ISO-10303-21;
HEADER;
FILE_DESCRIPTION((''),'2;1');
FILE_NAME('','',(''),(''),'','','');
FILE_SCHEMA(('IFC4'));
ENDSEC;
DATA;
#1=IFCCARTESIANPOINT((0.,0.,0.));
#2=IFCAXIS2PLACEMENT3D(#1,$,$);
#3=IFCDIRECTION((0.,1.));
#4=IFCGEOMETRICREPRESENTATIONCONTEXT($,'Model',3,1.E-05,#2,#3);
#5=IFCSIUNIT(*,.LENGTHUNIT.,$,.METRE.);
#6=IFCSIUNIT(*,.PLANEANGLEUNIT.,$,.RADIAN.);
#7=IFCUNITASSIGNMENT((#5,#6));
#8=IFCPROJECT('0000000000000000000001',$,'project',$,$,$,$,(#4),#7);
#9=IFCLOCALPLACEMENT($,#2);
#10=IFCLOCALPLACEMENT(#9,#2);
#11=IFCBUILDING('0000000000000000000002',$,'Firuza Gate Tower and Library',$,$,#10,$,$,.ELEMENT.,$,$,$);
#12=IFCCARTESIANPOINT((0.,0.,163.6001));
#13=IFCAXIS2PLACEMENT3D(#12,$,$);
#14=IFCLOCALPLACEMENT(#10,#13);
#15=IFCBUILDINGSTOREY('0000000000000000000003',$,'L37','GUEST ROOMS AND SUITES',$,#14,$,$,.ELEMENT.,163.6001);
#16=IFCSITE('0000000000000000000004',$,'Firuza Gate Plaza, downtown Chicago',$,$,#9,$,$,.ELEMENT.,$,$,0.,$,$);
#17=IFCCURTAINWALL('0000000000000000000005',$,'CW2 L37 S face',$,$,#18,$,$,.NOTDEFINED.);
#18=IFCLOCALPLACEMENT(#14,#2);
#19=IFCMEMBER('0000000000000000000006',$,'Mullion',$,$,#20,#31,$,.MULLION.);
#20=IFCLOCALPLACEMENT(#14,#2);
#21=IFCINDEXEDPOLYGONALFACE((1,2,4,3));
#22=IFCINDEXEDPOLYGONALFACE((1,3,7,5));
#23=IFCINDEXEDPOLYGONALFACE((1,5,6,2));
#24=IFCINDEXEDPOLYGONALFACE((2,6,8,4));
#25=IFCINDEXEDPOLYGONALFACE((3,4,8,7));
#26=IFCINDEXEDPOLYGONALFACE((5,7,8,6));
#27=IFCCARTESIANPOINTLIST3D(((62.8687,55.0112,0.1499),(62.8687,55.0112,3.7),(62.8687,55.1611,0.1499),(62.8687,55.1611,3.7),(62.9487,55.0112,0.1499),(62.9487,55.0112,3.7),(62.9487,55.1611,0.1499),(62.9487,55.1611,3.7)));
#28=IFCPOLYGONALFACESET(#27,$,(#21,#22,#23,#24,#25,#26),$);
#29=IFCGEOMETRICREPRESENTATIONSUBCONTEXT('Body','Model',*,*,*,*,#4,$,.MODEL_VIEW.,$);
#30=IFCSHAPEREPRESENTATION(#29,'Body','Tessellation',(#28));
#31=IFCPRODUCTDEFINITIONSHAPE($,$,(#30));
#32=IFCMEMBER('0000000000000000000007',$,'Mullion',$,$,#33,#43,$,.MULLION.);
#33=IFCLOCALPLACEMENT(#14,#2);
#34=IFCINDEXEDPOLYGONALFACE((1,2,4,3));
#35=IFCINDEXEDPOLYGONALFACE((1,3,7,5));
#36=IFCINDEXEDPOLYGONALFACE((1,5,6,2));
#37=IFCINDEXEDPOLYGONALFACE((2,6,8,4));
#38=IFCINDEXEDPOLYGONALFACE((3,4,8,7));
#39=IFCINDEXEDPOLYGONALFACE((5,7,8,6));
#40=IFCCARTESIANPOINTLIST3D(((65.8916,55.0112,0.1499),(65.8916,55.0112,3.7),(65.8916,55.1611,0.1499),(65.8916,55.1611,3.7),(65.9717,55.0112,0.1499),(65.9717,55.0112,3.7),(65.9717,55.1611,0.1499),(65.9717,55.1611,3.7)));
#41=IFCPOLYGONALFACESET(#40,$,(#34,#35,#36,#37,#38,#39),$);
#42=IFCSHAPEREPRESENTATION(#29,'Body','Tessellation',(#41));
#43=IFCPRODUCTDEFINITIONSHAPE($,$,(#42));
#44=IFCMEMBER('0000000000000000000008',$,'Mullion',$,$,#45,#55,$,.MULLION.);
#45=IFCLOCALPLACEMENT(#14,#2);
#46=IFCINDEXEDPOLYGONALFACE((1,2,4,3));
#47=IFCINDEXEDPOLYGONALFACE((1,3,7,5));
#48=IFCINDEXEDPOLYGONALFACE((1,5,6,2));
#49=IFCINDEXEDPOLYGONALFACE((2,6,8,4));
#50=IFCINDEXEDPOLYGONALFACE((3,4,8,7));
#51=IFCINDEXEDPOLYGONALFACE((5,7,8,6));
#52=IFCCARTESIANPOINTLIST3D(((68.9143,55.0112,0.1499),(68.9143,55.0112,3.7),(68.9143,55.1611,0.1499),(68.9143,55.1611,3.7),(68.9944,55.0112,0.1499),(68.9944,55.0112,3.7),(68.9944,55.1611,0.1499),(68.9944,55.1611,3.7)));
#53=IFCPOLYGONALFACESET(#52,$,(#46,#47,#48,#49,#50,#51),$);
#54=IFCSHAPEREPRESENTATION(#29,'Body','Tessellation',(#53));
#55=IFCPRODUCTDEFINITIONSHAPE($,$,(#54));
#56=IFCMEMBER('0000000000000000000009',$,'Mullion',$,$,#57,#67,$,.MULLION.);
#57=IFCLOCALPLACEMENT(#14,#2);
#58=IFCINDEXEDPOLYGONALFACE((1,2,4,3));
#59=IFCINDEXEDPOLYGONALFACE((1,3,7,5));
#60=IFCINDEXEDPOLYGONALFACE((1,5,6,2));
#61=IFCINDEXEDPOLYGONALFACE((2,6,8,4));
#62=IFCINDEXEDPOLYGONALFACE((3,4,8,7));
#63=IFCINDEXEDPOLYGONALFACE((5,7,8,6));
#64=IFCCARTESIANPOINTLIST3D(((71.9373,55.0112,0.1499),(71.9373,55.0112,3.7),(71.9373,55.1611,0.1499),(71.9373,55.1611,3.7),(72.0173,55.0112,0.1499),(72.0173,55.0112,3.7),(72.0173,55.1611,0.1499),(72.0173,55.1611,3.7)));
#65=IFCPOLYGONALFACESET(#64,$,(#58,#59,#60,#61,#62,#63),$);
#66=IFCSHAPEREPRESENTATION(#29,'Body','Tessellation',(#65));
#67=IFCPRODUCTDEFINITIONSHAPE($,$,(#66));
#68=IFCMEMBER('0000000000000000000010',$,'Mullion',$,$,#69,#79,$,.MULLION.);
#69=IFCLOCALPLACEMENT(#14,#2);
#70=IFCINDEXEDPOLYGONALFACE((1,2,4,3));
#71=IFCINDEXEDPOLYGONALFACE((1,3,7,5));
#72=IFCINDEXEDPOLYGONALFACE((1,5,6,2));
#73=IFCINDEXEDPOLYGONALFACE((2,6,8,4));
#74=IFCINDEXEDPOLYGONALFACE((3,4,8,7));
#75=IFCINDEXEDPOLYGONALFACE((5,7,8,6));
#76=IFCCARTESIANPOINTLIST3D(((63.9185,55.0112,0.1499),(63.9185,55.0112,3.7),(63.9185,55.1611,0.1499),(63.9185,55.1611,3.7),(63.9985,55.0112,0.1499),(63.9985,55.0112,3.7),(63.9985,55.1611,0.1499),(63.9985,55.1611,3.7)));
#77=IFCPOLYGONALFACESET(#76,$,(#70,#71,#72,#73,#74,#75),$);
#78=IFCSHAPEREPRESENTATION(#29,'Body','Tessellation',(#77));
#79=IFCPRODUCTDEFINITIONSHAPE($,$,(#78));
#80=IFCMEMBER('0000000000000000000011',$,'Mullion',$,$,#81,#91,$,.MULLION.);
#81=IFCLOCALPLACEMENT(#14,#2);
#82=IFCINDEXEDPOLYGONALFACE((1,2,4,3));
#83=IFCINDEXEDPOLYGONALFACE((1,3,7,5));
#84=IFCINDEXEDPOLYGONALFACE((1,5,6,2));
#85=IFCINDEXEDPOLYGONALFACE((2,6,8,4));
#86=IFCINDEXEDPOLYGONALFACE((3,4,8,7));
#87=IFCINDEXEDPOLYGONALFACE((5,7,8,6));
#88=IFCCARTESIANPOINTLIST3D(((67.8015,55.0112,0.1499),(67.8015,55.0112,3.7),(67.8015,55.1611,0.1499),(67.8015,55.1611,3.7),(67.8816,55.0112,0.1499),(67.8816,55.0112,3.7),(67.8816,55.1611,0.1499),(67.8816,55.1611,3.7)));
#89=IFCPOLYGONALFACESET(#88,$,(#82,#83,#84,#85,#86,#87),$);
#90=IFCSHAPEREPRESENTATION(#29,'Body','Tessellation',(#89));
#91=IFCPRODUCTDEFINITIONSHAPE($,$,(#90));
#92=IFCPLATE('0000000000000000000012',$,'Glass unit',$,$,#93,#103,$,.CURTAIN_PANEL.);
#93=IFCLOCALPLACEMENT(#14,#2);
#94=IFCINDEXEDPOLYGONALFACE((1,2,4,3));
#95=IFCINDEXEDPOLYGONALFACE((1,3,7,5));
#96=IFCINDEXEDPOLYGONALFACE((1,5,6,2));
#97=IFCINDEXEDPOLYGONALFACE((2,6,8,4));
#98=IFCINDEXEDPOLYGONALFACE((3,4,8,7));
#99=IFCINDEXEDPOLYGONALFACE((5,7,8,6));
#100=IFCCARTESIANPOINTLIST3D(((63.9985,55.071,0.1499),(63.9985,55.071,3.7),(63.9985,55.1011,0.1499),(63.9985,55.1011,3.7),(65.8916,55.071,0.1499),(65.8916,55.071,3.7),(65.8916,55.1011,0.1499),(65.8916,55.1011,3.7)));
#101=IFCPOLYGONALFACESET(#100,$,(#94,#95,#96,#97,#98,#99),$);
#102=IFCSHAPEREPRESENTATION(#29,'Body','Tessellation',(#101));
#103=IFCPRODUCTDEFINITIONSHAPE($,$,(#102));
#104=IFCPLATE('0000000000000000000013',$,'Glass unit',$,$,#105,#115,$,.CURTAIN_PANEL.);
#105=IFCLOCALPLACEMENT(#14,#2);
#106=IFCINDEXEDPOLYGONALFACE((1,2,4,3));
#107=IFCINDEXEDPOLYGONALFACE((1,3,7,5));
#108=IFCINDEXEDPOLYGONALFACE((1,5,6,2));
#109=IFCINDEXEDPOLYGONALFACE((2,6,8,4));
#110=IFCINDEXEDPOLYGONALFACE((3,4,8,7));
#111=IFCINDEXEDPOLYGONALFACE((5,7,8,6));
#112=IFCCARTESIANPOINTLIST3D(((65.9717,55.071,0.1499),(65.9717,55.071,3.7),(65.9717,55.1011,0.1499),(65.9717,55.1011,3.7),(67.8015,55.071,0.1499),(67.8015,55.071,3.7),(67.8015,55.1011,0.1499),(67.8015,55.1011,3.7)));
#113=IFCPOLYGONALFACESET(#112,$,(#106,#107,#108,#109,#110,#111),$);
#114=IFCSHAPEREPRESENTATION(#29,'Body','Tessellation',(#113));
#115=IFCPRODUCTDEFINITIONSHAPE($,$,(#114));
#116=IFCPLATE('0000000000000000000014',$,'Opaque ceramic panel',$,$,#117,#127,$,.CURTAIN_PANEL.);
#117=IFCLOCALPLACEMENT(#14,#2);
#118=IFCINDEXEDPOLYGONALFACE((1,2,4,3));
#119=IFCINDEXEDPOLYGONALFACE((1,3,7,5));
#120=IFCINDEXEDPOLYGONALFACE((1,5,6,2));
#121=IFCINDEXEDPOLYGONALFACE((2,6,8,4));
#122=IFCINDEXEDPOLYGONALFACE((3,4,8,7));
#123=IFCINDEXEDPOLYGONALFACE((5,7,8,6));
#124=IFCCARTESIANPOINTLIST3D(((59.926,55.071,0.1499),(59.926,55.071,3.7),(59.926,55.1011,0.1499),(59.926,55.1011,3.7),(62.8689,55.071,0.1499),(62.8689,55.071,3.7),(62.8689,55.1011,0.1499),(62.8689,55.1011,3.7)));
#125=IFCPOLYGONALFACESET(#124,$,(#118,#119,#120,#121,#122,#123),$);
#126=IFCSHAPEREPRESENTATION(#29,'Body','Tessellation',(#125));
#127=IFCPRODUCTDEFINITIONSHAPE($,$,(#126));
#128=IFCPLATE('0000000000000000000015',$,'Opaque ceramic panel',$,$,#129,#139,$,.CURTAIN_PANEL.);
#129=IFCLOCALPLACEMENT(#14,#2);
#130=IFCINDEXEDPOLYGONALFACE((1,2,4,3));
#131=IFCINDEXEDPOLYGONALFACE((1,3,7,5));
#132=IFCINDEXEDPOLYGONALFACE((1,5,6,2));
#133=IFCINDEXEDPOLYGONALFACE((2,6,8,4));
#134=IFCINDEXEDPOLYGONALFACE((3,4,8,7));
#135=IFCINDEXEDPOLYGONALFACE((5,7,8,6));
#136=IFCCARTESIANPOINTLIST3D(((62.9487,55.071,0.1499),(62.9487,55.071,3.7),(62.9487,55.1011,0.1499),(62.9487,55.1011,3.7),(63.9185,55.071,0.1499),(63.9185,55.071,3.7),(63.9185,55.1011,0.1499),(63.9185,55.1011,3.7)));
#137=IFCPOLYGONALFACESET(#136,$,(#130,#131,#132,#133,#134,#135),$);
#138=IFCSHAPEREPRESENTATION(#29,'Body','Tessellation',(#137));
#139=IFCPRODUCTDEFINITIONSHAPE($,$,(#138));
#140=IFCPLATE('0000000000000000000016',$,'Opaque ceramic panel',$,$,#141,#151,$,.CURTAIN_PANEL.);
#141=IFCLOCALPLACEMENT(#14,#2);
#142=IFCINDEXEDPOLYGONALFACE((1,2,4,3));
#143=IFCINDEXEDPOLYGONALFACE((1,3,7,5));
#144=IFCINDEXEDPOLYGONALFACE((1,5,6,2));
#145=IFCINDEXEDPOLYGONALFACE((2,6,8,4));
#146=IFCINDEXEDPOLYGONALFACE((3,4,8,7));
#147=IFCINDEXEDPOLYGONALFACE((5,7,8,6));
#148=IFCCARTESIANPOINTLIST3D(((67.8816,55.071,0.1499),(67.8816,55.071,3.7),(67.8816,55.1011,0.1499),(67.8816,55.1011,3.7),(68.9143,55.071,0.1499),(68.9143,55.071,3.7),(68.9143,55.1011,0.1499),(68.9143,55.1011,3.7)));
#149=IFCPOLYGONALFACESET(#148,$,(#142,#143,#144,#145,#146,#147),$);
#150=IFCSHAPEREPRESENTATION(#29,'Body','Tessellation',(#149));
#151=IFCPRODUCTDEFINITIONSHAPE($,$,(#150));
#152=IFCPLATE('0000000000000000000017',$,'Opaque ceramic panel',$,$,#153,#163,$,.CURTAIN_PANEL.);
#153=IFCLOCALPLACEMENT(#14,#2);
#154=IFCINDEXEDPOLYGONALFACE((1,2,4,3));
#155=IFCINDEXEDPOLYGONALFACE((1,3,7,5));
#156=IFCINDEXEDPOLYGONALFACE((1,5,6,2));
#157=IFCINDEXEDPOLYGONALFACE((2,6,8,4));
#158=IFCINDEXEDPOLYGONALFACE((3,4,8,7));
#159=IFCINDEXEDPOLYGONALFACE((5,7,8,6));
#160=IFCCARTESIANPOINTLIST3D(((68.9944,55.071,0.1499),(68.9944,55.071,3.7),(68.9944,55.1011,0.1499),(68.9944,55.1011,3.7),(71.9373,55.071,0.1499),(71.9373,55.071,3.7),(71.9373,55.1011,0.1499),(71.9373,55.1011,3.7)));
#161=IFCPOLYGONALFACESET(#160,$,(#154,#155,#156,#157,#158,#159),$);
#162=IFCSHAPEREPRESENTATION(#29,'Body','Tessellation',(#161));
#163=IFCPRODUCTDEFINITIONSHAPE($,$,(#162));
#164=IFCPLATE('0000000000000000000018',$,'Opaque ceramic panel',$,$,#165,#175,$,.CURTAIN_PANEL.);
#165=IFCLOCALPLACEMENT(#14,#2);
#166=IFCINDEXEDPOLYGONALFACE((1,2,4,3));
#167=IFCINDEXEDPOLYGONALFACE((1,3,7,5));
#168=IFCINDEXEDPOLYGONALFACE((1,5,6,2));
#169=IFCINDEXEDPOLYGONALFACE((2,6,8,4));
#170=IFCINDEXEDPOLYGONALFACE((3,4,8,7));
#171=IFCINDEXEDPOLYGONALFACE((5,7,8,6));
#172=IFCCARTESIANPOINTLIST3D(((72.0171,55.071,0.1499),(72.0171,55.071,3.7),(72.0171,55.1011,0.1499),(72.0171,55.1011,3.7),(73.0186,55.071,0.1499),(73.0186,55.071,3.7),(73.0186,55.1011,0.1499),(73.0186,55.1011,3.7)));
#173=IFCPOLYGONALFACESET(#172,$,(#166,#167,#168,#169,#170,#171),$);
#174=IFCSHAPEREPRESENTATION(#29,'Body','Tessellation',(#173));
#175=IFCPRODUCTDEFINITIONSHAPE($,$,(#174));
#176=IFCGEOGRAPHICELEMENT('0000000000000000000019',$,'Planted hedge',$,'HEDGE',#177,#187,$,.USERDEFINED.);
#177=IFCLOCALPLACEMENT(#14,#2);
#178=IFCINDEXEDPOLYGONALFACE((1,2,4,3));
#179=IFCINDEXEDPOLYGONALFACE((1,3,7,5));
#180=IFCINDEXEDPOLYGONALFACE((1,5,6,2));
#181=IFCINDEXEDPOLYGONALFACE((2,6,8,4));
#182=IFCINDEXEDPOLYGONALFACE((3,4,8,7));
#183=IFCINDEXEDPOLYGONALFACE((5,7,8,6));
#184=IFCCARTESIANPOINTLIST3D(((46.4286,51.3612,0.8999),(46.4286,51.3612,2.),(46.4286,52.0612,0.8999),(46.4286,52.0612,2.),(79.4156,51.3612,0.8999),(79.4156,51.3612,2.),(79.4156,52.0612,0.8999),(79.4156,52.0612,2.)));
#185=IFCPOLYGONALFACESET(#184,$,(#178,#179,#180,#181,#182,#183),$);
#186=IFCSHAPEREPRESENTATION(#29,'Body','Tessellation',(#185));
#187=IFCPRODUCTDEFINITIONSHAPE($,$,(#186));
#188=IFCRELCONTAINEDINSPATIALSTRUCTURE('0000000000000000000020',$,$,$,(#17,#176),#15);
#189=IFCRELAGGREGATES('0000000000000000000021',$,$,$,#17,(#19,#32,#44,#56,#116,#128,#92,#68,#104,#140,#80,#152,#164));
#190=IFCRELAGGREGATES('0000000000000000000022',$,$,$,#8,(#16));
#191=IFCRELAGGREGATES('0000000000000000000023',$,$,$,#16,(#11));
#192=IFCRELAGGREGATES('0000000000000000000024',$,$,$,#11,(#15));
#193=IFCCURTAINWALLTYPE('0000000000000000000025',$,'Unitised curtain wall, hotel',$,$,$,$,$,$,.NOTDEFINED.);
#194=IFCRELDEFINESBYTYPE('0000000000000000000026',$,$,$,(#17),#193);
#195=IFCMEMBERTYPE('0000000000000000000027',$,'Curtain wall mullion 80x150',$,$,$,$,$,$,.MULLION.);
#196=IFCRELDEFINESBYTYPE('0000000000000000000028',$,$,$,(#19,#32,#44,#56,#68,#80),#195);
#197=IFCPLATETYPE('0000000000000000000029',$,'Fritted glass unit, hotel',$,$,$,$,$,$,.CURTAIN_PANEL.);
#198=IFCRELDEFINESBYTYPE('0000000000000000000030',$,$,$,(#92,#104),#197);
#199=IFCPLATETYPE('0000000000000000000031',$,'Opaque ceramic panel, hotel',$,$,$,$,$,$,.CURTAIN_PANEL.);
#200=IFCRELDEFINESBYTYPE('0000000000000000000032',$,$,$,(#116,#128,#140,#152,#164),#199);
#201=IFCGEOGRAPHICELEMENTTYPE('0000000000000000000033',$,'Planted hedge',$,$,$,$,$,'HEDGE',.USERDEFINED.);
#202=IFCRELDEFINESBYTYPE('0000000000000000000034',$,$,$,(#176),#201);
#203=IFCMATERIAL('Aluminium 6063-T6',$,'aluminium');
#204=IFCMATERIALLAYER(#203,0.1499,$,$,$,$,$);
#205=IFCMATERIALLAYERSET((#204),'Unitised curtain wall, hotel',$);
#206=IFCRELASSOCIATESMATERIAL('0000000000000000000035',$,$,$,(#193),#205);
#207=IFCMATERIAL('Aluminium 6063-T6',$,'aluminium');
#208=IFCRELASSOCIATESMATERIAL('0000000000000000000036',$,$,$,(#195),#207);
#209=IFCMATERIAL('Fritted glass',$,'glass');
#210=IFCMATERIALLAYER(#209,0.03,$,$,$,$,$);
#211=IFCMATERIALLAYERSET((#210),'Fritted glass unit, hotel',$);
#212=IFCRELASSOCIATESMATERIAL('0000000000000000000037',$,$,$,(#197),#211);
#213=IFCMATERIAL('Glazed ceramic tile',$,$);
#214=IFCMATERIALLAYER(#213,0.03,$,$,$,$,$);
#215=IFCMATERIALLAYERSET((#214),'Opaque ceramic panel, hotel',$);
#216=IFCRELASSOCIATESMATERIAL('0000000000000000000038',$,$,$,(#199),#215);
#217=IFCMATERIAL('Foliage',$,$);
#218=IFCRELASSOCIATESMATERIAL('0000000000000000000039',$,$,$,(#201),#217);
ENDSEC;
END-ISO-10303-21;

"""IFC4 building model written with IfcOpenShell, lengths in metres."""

from ifc_helpers import new_model, si_unit, direction, frame, origin, origin_2d, place, context, subcontext, project, spatial, polyline, rectangle, outline, extrude, material, layer, layer_set, material_profile, profile_set, type_object, element, aggregate, save


model = new_model("IFC4")

# Units and contexts
model_context = context("Model", 3, precision=1e-05, world=origin(), true_north=direction((0.0, 1.0)))
body_context = subcontext(model_context, "Body", "Model", "MODEL_VIEW")
ifc_project = project(units=[si_unit("LENGTHUNIT", "METRE"), si_unit("PLANEANGLEUNIT", "RADIAN")], contexts=[model_context])

# Site, building, storey
site_placement = place(None, origin())
site = spatial("IfcSite", under=ifc_project, at=site_placement, Name="Firuza Gate Plaza, downtown Chicago", CompositionType="ELEMENT", RefElevation=0.0)
building_placement = place(site_placement, origin())
building = spatial("IfcBuilding", under=site, at=building_placement, Name="Firuza Gate Tower and Library", CompositionType="ELEMENT")
storey_placement = place(building_placement, frame((0.0, 0.0, 163.6001)))
storey = spatial("IfcBuildingStorey", under=building, at=storey_placement, Name="L37", Description="GUEST ROOMS AND SUITES", CompositionType="ELEMENT", Elevation=163.6001)

# Curtain wall, members, plates
ifc_material_1 = material(Name="Aluminium 6063-T6", Category="aluminium")
ifc_layer_1 = layer(ifc_material_1, 0.1499)
ifc_layer_set_1 = layer_set([ifc_layer_1], Name="Unitised curtain wall, hotel")
curtain_wall_type = type_object("IfcCurtainWallType", Name="Unitised curtain wall, hotel", PredefinedType="NOTDEFINED", material=ifc_layer_set_1)
curtain_wall_placement = place(storey_placement, origin())
curtain_wall = element("IfcCurtainWall", 1, at=curtain_wall_placement, inside=storey, type_object=curtain_wall_type, Name="CW2 L37 S face", PredefinedType="NOTDEFINED")
ifc_material_2 = material(Name="Aluminium 6063-T6", Category="aluminium")
ifc_material_profile = material_profile(ifc_material_2, rectangle(XDim=0.1499, YDim=0.0801, at=origin_2d()))
ifc_profile_set = profile_set([ifc_material_profile], Name="Aluminium 6063-T6")
member_type = type_object("IfcMemberType", Name="Curtain wall mullion 80x150", PredefinedType="MULLION", material=ifc_profile_set)
member_1_placement = place(storey_placement, frame((62.9087, 55.0862, 0.1499), z_axis=(0.0, 0.0, 1.0), x_axis=(0.0, 1.0, 0.0)))
member_1 = element("IfcMember", 2, at=member_1_placement, type_object=member_type, Name="Mullion", PredefinedType="MULLION", context=body_context, shape_type="SweptSolid", body=[
    extrude(rectangle(XDim=0.1499, YDim=0.0801, at=origin_2d()), origin(), (0.0, 0.0, 1.0), 3.55),
])
member_2_placement = place(storey_placement, frame((65.9316, 55.0862, 0.1499), z_axis=(0.0, 0.0, 1.0), x_axis=(0.0, 1.0, 0.0)))
member_2 = element("IfcMember", 3, at=member_2_placement, type_object=member_type, Name="Mullion", PredefinedType="MULLION", context=body_context, shape_type="SweptSolid", body=[
    extrude(rectangle(XDim=0.1499, YDim=0.0801, at=origin_2d()), origin(), (0.0, 0.0, 1.0), 3.55),
])
member_3_placement = place(storey_placement, frame((68.9543, 55.0862, 0.1499), z_axis=(0.0, 0.0, 1.0), x_axis=(0.0, 1.0, 0.0)))
member_3 = element("IfcMember", 4, at=member_3_placement, type_object=member_type, Name="Mullion", PredefinedType="MULLION", context=body_context, shape_type="SweptSolid", body=[
    extrude(rectangle(XDim=0.1499, YDim=0.0801, at=origin_2d()), origin(), (0.0, 0.0, 1.0), 3.55),
])
member_4_placement = place(storey_placement, frame((71.9773, 55.0862, 0.1499), z_axis=(0.0, 0.0, 1.0), x_axis=(0.0, 1.0, 0.0)))
member_4 = element("IfcMember", 5, at=member_4_placement, type_object=member_type, Name="Mullion", PredefinedType="MULLION", context=body_context, shape_type="SweptSolid", body=[
    extrude(rectangle(XDim=0.1499, YDim=0.0801, at=origin_2d()), origin(), (0.0, 0.0, 1.0), 3.55),
])
member_5_placement = place(storey_placement, frame((63.9585, 55.0862, 0.1499), z_axis=(0.0, 0.0, 1.0), x_axis=(0.0, 1.0, 0.0)))
member_5 = element("IfcMember", 6, at=member_5_placement, type_object=member_type, Name="Mullion", PredefinedType="MULLION", context=body_context, shape_type="SweptSolid", body=[
    extrude(rectangle(XDim=0.1499, YDim=0.0801, at=origin_2d()), origin(), (0.0, 0.0, 1.0), 3.55),
])
member_6_placement = place(storey_placement, frame((67.8416, 55.0862, 0.1499), z_axis=(0.0, 0.0, 1.0), x_axis=(0.0, 1.0, 0.0)))
member_6 = element("IfcMember", 7, at=member_6_placement, type_object=member_type, Name="Mullion", PredefinedType="MULLION", context=body_context, shape_type="SweptSolid", body=[
    extrude(rectangle(XDim=0.1499, YDim=0.0801, at=origin_2d()), origin(), (0.0, 0.0, 1.0), 3.55),
])
ifc_material_3 = material(Name="Fritted glass", Category="glass")
ifc_layer_2 = layer(ifc_material_3, 0.03)
ifc_layer_set_2 = layer_set([ifc_layer_2], Name="Fritted glass unit, hotel")
plate_type_1 = type_object("IfcPlateType", Name="Fritted glass unit, hotel", PredefinedType="CURTAIN_PANEL", material=ifc_layer_set_2)
plate_1_placement = place(storey_placement, frame((63.9985, 55.071, 0.1499), z_axis=(0.0, -1.0, 0.0), x_axis=(1.0, 0.0, 0.0)))
plate_1 = element("IfcPlate", 8, at=plate_1_placement, type_object=plate_type_1, Name="Glass unit", PredefinedType="CURTAIN_PANEL", context=body_context, shape_type="SweptSolid", body=[
    extrude(outline(polyline([(0.0, 0.0), (1.8931, 0.0), (1.8931, 3.55), (0.0, 3.55), (0.0, 0.0)])), origin(), (0.0, 0.0, -1.0), 0.03),
])
plate_2_placement = place(storey_placement, frame((65.9717, 55.071, 0.1499), z_axis=(0.0, -1.0, 0.0), x_axis=(1.0, 0.0, 0.0)))
plate_2 = element("IfcPlate", 9, at=plate_2_placement, type_object=plate_type_1, Name="Glass unit", PredefinedType="CURTAIN_PANEL", context=body_context, shape_type="SweptSolid", body=[
    extrude(outline(polyline([(0.0, 0.0), (1.8298, 0.0), (1.8298, 3.55), (0.0, 3.55), (0.0, 0.0)])), origin(), (0.0, 0.0, -1.0), 0.03),
])
ifc_material_4 = material(Name="Glazed ceramic tile")
ifc_layer_3 = layer(ifc_material_4, 0.03)
ifc_layer_set_3 = layer_set([ifc_layer_3], Name="Opaque ceramic panel, hotel")
plate_type_2 = type_object("IfcPlateType", Name="Opaque ceramic panel, hotel", PredefinedType="CURTAIN_PANEL", material=ifc_layer_set_3)
plate_3_placement = place(storey_placement, frame((59.926, 55.071, 0.1499), z_axis=(0.0, -1.0, 0.0), x_axis=(1.0, 0.0, 0.0)))
plate_3 = element("IfcPlate", 10, at=plate_3_placement, type_object=plate_type_2, Name="Opaque ceramic panel", PredefinedType="CURTAIN_PANEL", context=body_context, shape_type="SweptSolid", body=[
    extrude(outline(polyline([(0.0, 0.0), (2.9429, 0.0), (2.9429, 3.55), (0.0, 3.55), (0.0, 0.0)])), origin(), (0.0, 0.0, -1.0), 0.03),
])
plate_4_placement = place(storey_placement, frame((62.9487, 55.071, 0.1499), z_axis=(0.0, -1.0, 0.0), x_axis=(1.0, 0.0, 0.0)))
plate_4 = element("IfcPlate", 11, at=plate_4_placement, type_object=plate_type_2, Name="Opaque ceramic panel", PredefinedType="CURTAIN_PANEL", context=body_context, shape_type="SweptSolid", body=[
    extrude(outline(polyline([(0.0, 0.0), (0.9697, 0.0), (0.9697, 3.55), (0.0, 3.55), (0.0, 0.0)])), origin(), (0.0, 0.0, -1.0), 0.03),
])
plate_5_placement = place(storey_placement, frame((67.8816, 55.071, 0.1499), z_axis=(0.0, -1.0, 0.0), x_axis=(1.0, 0.0, 0.0)))
plate_5 = element("IfcPlate", 12, at=plate_5_placement, type_object=plate_type_2, Name="Opaque ceramic panel", PredefinedType="CURTAIN_PANEL", context=body_context, shape_type="SweptSolid", body=[
    extrude(outline(polyline([(0.0, 0.0), (1.0327, 0.0), (1.0327, 3.55), (0.0, 3.55), (0.0, 0.0)])), origin(), (0.0, 0.0, -1.0), 0.03),
])
plate_6_placement = place(storey_placement, frame((68.9944, 55.071, 0.1499), z_axis=(0.0, -1.0, 0.0), x_axis=(1.0, 0.0, 0.0)))
plate_6 = element("IfcPlate", 13, at=plate_6_placement, type_object=plate_type_2, Name="Opaque ceramic panel", PredefinedType="CURTAIN_PANEL", context=body_context, shape_type="SweptSolid", body=[
    extrude(outline(polyline([(0.0, 0.0), (2.9429, 0.0), (2.9429, 3.55), (0.0, 3.55), (0.0, 0.0)])), origin(), (0.0, 0.0, -1.0), 0.03),
])
plate_7_placement = place(storey_placement, frame((72.0171, 55.071, 0.1499), z_axis=(0.0, -1.0, 0.0), x_axis=(1.0, 0.0, 0.0)))
plate_7 = element("IfcPlate", 14, at=plate_7_placement, type_object=plate_type_2, Name="Opaque ceramic panel", PredefinedType="CURTAIN_PANEL", context=body_context, shape_type="SweptSolid", body=[
    extrude(outline(polyline([(0.0, 0.0), (1.0015, 0.0), (1.0015, 3.55), (0.0, 3.55), (0.0, 0.0)])), origin(), (0.0, 0.0, -1.0), 0.03),
])
aggregate(curtain_wall, [member_1, member_2, member_3, member_4, plate_3, plate_4, plate_1, member_5, plate_2, plate_5, member_6, plate_6, plate_7])

# Geographic element
ifc_material_5 = material(Name="Foliage")
geographic_element_type_1 = type_object("IfcGeographicElementType", Name="Planted hedge", ElementType="HEDGE", PredefinedType="USERDEFINED", material=ifc_material_5)
geographic_element_1_placement = place(storey_placement, frame((62.9221, 51.7112, 0.8999), z_axis=(0.0, 0.0, 1.0), x_axis=(1.0, 0.0, 0.0)))
element("IfcGeographicElement", 15, at=geographic_element_1_placement, inside=storey, type_object=geographic_element_type_1, Name="Planted hedge", ObjectType="HEDGE", PredefinedType="USERDEFINED", context=body_context, shape_type="SweptSolid", body=[
    extrude(rectangle(XDim=32.9871, YDim=0.7, at=origin_2d()), origin(), (0.0, 0.0, 1.0), 1.1001),
])

save(model, "model.ifc")
